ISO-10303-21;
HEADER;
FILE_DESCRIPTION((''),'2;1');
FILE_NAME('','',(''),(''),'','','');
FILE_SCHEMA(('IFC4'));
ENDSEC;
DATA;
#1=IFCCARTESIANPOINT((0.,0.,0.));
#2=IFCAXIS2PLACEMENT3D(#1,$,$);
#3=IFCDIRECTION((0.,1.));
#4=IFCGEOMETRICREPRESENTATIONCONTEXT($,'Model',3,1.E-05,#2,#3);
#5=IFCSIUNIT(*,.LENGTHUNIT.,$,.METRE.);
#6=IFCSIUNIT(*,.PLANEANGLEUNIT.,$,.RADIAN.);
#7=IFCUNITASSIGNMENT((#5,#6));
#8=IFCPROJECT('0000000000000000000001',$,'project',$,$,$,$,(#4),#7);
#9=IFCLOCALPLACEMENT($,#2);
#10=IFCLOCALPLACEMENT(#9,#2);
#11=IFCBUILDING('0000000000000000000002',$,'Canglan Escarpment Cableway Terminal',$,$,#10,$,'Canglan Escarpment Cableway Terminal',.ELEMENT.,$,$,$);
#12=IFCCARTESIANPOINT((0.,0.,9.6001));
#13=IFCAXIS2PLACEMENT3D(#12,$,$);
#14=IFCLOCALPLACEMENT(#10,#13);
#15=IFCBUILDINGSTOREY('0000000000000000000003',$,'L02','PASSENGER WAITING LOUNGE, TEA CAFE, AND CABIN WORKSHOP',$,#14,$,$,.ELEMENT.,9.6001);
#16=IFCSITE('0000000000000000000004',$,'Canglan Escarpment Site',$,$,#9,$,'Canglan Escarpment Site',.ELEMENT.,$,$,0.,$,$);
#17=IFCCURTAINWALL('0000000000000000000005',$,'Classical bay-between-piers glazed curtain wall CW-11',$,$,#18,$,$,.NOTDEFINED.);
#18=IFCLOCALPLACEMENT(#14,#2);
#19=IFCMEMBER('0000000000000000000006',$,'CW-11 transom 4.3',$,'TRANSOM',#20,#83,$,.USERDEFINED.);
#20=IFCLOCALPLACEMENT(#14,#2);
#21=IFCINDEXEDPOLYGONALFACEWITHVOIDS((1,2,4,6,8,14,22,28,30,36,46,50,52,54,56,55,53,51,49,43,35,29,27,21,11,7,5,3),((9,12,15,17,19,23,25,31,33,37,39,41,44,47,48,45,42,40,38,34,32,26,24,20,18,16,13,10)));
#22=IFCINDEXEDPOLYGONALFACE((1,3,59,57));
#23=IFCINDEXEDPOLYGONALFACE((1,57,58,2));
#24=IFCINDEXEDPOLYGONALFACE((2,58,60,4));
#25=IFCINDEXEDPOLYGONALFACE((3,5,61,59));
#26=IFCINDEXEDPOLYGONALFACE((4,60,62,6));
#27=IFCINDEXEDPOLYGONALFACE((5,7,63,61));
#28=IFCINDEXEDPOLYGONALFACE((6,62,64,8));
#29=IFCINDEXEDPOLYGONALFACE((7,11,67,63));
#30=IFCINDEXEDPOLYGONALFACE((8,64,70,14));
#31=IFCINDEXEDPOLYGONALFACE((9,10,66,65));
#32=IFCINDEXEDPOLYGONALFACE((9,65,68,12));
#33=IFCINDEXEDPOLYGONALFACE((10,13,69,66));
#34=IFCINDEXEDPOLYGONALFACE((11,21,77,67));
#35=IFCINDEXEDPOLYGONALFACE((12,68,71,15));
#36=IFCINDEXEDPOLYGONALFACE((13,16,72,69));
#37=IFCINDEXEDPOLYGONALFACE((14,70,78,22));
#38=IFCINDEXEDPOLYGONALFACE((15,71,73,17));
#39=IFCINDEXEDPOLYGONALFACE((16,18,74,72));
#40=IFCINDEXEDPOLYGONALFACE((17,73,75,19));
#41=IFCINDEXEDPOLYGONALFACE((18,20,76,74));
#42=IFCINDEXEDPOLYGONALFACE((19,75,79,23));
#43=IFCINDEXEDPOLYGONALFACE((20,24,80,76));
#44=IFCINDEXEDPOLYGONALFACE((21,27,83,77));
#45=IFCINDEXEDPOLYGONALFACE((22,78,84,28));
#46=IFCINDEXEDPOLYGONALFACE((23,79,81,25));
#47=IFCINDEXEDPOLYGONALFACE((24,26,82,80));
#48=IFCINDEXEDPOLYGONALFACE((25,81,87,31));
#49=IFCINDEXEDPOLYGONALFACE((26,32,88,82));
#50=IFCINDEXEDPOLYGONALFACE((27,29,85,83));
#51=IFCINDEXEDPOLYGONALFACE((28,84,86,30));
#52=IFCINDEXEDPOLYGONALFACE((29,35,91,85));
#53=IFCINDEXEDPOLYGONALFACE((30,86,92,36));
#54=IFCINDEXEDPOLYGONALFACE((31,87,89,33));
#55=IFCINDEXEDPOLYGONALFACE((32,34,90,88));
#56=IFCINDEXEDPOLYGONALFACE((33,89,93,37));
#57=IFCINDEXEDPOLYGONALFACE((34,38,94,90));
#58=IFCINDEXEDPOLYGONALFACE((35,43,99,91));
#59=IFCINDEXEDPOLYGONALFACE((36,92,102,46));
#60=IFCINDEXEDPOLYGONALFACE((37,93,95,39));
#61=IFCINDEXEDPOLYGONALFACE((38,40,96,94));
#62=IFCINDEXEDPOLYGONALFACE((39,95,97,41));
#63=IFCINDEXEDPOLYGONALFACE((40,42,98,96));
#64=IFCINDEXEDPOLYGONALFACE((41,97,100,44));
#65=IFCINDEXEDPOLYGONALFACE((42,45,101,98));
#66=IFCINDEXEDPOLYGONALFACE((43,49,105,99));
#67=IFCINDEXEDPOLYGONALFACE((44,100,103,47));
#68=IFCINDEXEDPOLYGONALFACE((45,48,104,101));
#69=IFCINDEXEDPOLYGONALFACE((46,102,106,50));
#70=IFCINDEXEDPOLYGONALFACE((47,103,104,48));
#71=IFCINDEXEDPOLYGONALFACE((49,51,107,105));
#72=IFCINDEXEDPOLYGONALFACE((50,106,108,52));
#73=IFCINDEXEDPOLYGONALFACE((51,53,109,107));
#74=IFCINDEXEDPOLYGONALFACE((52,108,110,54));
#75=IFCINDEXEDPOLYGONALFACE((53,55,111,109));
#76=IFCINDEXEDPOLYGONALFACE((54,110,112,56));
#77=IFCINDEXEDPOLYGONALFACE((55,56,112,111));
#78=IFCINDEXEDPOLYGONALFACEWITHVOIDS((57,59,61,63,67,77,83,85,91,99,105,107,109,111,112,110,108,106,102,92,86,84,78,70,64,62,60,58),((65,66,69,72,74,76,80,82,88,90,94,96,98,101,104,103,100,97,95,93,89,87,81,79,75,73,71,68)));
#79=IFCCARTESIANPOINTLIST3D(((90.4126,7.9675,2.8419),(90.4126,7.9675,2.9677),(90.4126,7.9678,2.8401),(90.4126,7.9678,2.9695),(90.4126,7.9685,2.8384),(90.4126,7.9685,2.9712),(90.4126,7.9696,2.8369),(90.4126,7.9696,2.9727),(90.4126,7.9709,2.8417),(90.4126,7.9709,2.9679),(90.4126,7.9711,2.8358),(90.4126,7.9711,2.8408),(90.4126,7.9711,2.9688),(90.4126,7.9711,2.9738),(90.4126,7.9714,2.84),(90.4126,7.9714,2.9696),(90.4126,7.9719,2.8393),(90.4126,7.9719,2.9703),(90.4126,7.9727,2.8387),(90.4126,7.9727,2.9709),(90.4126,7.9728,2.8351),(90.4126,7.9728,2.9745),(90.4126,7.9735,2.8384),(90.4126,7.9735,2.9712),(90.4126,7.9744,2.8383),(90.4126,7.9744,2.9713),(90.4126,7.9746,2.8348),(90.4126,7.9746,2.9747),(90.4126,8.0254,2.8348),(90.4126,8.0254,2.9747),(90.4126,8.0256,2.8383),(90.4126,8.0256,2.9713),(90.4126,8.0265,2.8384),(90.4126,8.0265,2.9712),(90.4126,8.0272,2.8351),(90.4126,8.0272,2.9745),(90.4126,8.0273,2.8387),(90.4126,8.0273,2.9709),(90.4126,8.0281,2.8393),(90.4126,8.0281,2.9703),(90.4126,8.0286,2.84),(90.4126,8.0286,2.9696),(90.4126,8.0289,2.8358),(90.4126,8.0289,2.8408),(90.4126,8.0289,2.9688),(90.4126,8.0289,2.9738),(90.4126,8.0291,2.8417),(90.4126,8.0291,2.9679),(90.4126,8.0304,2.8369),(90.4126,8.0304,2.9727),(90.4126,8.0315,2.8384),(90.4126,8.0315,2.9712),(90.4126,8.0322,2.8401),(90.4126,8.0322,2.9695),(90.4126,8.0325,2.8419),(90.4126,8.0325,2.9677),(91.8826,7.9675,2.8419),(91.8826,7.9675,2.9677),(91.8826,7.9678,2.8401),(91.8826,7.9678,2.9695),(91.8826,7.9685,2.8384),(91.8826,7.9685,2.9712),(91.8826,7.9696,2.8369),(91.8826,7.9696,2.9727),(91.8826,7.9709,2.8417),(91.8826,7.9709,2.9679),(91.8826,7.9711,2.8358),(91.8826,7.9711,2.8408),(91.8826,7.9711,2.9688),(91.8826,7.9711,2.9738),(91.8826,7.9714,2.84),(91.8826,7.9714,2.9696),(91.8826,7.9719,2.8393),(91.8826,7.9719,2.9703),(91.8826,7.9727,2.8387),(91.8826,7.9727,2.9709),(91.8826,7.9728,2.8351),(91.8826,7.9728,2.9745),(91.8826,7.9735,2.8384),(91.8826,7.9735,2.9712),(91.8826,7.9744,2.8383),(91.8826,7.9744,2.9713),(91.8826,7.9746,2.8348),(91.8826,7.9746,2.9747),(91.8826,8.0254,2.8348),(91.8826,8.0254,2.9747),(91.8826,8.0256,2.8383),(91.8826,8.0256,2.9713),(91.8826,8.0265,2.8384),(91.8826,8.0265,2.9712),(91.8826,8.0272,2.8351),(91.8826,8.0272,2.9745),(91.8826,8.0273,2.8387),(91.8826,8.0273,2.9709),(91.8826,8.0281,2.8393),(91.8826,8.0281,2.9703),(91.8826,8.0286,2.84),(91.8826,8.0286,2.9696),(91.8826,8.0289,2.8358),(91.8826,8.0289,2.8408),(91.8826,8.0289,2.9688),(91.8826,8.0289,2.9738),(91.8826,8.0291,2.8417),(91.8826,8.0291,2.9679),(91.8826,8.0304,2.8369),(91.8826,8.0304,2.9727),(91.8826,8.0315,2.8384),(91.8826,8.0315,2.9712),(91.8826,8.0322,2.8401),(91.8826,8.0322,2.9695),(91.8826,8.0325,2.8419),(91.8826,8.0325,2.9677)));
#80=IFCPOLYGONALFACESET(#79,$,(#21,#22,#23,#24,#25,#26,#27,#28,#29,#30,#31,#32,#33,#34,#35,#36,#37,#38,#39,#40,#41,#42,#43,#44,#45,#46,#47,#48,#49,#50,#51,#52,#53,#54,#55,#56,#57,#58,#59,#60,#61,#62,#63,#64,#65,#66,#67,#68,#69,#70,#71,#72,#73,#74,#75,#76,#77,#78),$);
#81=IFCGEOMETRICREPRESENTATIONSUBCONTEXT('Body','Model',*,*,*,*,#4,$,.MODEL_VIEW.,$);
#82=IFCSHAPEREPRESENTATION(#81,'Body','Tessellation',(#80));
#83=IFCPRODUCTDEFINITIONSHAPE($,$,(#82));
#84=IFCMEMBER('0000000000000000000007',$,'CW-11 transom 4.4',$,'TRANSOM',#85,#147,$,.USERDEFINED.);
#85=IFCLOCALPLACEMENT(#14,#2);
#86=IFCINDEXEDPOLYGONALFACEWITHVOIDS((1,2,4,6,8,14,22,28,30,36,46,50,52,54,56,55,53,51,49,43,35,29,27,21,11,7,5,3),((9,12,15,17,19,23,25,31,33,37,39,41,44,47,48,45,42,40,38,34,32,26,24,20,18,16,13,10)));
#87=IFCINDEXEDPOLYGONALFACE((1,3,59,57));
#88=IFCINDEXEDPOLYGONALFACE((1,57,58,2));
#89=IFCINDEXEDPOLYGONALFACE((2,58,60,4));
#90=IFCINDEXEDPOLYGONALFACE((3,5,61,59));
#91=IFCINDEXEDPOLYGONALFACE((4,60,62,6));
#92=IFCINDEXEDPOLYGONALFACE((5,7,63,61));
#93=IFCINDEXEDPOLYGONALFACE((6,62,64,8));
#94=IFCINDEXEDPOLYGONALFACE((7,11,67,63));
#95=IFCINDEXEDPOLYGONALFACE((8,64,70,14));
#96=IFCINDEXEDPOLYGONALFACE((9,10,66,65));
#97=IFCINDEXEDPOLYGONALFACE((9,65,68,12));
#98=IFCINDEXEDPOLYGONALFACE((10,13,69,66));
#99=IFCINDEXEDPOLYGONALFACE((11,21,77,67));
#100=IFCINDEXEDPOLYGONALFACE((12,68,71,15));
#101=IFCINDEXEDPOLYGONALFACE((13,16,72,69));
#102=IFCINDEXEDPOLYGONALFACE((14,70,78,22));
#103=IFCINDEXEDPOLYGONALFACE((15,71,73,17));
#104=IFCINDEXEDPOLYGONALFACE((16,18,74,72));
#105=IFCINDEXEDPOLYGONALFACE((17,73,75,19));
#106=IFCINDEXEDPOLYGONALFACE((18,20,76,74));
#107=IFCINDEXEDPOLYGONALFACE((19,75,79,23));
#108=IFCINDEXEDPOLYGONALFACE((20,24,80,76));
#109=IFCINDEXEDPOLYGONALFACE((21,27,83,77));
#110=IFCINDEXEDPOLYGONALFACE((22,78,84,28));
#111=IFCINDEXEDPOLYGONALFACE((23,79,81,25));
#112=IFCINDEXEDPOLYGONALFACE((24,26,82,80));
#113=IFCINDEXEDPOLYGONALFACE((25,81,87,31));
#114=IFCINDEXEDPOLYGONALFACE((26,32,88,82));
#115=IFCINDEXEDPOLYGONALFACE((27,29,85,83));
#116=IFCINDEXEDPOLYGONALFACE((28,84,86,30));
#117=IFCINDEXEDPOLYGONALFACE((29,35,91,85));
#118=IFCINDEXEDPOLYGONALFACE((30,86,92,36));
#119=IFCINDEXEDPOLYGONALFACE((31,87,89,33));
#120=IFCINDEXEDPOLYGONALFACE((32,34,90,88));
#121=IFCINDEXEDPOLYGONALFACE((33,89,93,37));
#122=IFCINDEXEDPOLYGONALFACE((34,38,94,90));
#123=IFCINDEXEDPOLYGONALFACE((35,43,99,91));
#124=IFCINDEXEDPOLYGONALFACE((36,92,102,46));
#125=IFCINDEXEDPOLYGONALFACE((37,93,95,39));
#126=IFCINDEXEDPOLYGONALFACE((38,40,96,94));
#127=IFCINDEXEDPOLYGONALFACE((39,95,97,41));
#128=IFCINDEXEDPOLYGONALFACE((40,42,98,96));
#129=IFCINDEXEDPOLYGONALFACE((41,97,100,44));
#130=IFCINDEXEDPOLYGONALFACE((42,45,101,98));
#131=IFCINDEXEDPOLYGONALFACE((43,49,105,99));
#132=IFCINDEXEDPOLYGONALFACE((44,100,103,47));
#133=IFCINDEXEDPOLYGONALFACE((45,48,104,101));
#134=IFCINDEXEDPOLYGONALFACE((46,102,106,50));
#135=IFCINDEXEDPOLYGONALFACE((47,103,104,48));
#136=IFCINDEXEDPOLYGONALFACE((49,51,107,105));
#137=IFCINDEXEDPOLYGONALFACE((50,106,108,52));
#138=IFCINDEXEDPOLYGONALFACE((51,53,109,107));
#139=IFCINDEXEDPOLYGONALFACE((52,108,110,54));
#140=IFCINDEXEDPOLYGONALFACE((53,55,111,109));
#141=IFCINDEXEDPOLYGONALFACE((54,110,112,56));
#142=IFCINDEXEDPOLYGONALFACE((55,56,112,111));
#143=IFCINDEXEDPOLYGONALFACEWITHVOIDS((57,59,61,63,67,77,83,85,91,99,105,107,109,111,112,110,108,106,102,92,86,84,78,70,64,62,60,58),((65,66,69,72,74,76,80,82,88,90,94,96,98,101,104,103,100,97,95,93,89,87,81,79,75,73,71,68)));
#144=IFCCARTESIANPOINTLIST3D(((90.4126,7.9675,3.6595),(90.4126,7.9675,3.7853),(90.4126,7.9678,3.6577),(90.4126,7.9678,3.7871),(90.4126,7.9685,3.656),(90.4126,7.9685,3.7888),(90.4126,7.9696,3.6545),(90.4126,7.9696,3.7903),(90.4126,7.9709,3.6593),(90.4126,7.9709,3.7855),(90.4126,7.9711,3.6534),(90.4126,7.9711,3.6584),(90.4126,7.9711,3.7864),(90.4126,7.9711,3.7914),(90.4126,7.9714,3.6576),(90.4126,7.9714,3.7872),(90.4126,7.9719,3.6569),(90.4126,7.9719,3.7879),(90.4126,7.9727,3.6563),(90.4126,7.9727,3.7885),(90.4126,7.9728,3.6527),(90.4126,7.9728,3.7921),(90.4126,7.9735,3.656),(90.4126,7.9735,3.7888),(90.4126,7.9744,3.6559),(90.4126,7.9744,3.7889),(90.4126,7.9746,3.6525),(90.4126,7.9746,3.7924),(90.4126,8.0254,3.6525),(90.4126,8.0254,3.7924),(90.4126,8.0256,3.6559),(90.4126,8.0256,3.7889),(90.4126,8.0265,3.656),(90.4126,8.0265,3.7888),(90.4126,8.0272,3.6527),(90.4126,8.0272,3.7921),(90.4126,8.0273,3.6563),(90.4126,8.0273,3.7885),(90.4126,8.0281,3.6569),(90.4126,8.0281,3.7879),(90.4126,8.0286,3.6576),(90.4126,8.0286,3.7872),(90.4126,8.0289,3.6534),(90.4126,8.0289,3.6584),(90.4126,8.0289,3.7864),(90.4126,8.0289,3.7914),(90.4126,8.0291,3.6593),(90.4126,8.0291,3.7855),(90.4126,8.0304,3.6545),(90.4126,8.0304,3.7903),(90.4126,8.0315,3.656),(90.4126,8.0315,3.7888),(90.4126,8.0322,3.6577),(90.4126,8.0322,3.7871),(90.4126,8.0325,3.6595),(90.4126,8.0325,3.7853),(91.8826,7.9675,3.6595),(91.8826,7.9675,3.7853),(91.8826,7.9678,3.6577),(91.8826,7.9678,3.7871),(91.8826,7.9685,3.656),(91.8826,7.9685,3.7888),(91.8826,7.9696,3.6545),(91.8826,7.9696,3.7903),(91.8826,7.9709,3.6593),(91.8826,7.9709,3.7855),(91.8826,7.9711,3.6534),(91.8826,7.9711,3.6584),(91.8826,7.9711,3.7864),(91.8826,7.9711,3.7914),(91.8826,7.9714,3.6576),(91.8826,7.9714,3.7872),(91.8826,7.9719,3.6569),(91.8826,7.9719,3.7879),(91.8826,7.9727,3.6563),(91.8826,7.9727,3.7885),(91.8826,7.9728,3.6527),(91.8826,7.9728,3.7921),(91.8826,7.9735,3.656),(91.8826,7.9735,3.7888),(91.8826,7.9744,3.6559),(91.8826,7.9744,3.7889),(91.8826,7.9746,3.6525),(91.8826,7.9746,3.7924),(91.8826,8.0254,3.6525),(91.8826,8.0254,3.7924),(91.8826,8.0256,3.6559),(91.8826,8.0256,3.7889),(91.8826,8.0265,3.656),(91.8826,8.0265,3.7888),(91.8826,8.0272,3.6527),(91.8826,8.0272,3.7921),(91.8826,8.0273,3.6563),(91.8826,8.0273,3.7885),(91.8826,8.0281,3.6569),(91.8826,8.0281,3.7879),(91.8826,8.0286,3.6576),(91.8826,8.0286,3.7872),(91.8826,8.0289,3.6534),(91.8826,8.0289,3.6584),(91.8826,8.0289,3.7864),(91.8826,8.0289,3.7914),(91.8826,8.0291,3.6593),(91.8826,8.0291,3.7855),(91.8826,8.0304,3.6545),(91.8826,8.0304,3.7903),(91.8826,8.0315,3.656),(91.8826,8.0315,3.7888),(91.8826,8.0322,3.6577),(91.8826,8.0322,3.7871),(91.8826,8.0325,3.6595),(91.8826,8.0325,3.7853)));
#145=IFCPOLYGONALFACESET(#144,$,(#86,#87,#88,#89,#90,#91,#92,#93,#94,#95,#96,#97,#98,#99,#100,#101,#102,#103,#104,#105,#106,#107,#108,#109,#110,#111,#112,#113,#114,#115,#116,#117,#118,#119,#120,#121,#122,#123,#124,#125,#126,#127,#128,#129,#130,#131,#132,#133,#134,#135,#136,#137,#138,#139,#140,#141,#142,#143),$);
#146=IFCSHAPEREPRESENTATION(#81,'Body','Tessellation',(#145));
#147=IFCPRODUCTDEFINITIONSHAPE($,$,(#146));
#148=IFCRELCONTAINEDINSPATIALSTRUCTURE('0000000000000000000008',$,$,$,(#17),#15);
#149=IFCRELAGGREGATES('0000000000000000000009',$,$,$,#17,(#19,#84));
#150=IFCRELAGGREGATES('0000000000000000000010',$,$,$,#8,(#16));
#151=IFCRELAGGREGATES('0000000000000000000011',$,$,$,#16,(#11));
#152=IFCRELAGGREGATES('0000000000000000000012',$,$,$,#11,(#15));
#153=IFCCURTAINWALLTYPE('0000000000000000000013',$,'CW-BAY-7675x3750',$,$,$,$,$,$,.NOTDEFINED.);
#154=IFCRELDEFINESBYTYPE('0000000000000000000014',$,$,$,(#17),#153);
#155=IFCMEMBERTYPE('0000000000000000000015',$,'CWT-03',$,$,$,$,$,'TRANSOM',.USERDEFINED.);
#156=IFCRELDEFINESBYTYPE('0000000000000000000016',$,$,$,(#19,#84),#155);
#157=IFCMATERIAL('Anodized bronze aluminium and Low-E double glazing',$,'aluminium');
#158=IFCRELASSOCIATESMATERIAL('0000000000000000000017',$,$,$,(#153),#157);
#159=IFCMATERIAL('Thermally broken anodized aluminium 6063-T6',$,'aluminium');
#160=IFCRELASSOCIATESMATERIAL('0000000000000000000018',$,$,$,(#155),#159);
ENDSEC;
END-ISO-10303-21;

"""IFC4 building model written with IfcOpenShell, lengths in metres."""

from ifc_helpers import new_model, si_unit, direction, frame, origin, origin_2d, place, context, subcontext, project, spatial, hollow_rectangle, extrude, material, material_profile, profile_set, type_object, element, aggregate, save


model = new_model("IFC4")

# Units and contexts
model_context = context("Model", 3, precision=1e-05, world=origin(), true_north=direction((0.0, 1.0)))
body_context = subcontext(model_context, "Body", "Model", "MODEL_VIEW")
ifc_project = project(units=[si_unit("LENGTHUNIT", "METRE"), si_unit("PLANEANGLEUNIT", "RADIAN")], contexts=[model_context])

# Site, building, storey
site_placement = place(None, origin())
site = spatial("IfcSite", under=ifc_project, at=site_placement, Name="Canglan Escarpment Site", LongName="Canglan Escarpment Site", CompositionType="ELEMENT", RefElevation=0.0)
building_placement = place(site_placement, origin())
building = spatial("IfcBuilding", under=site, at=building_placement, Name="Canglan Escarpment Cableway Terminal", LongName="Canglan Escarpment Cableway Terminal", CompositionType="ELEMENT")
storey_placement = place(building_placement, frame((0.0, 0.0, 9.6001)))
storey = spatial("IfcBuildingStorey", under=building, at=storey_placement, Name="L02", Description="PASSENGER WAITING LOUNGE, TEA CAFE, AND CABIN WORKSHOP", CompositionType="ELEMENT", Elevation=9.6001)

# Curtain wall, members
ifc_material_1 = material(Name="Anodized bronze aluminium and Low-E double glazing", Category="aluminium")
curtain_wall_type = type_object("IfcCurtainWallType", Name="CW-BAY-7675x3750", PredefinedType="NOTDEFINED", material=ifc_material_1)
curtain_wall_placement = place(storey_placement, origin())
curtain_wall = element("IfcCurtainWall", 1, at=curtain_wall_placement, inside=storey, type_object=curtain_wall_type, Name="Classical bay-between-piers glazed curtain wall CW-11", PredefinedType="NOTDEFINED")
ifc_material_2 = material(Name="Thermally broken anodized aluminium 6063-T6", Category="aluminium")
ifc_material_profile_1 = material_profile(ifc_material_2, hollow_rectangle(XDim=0.0649, YDim=0.1399, WallThickness=0.0034, InnerFilletRadius=0.0034, OuterFilletRadius=0.0071, at=origin_2d()), Name="ALU-TRAN 65x140x3.5")
ifc_profile_set_1 = profile_set([ifc_material_profile_1], Name="Thermally broken anodized aluminium 6063-T6")
member_type_1 = type_object("IfcMemberType", Name="CWT-03", ElementType="TRANSOM", PredefinedType="USERDEFINED", material=ifc_profile_set_1)
member_1_placement = place(storey_placement, frame((90.4126, 8.0, 2.9048), z_axis=(1.0, 0.0, 0.0), x_axis=(0.0, 1.0, 0.0)))
member_1 = element("IfcMember", 2, at=member_1_placement, type_object=member_type_1, Name="CW-11 transom 4.3", ObjectType="TRANSOM", PredefinedType="USERDEFINED", context=body_context, shape_type="SweptSolid", body=[
    extrude(hollow_rectangle(XDim=0.0649, YDim=0.1399, WallThickness=0.0034, InnerFilletRadius=0.0034, OuterFilletRadius=0.0071, at=origin_2d()), origin(), (0.0, 0.0, 1.0), 1.47),
])
member_2_placement = place(storey_placement, frame((90.4126, 8.0, 3.7224), z_axis=(1.0, 0.0, 0.0), x_axis=(0.0, 1.0, 0.0)))
member_2 = element("IfcMember", 3, at=member_2_placement, type_object=member_type_1, Name="CW-11 transom 4.4", ObjectType="TRANSOM", PredefinedType="USERDEFINED", context=body_context, shape_type="SweptSolid", body=[
    extrude(hollow_rectangle(XDim=0.0649, YDim=0.1399, WallThickness=0.0034, InnerFilletRadius=0.0034, OuterFilletRadius=0.0071, at=origin_2d()), origin(), (0.0, 0.0, 1.0), 1.47),
])

aggregate(curtain_wall, [member_1, member_2])

save(model, "model.ifc")
